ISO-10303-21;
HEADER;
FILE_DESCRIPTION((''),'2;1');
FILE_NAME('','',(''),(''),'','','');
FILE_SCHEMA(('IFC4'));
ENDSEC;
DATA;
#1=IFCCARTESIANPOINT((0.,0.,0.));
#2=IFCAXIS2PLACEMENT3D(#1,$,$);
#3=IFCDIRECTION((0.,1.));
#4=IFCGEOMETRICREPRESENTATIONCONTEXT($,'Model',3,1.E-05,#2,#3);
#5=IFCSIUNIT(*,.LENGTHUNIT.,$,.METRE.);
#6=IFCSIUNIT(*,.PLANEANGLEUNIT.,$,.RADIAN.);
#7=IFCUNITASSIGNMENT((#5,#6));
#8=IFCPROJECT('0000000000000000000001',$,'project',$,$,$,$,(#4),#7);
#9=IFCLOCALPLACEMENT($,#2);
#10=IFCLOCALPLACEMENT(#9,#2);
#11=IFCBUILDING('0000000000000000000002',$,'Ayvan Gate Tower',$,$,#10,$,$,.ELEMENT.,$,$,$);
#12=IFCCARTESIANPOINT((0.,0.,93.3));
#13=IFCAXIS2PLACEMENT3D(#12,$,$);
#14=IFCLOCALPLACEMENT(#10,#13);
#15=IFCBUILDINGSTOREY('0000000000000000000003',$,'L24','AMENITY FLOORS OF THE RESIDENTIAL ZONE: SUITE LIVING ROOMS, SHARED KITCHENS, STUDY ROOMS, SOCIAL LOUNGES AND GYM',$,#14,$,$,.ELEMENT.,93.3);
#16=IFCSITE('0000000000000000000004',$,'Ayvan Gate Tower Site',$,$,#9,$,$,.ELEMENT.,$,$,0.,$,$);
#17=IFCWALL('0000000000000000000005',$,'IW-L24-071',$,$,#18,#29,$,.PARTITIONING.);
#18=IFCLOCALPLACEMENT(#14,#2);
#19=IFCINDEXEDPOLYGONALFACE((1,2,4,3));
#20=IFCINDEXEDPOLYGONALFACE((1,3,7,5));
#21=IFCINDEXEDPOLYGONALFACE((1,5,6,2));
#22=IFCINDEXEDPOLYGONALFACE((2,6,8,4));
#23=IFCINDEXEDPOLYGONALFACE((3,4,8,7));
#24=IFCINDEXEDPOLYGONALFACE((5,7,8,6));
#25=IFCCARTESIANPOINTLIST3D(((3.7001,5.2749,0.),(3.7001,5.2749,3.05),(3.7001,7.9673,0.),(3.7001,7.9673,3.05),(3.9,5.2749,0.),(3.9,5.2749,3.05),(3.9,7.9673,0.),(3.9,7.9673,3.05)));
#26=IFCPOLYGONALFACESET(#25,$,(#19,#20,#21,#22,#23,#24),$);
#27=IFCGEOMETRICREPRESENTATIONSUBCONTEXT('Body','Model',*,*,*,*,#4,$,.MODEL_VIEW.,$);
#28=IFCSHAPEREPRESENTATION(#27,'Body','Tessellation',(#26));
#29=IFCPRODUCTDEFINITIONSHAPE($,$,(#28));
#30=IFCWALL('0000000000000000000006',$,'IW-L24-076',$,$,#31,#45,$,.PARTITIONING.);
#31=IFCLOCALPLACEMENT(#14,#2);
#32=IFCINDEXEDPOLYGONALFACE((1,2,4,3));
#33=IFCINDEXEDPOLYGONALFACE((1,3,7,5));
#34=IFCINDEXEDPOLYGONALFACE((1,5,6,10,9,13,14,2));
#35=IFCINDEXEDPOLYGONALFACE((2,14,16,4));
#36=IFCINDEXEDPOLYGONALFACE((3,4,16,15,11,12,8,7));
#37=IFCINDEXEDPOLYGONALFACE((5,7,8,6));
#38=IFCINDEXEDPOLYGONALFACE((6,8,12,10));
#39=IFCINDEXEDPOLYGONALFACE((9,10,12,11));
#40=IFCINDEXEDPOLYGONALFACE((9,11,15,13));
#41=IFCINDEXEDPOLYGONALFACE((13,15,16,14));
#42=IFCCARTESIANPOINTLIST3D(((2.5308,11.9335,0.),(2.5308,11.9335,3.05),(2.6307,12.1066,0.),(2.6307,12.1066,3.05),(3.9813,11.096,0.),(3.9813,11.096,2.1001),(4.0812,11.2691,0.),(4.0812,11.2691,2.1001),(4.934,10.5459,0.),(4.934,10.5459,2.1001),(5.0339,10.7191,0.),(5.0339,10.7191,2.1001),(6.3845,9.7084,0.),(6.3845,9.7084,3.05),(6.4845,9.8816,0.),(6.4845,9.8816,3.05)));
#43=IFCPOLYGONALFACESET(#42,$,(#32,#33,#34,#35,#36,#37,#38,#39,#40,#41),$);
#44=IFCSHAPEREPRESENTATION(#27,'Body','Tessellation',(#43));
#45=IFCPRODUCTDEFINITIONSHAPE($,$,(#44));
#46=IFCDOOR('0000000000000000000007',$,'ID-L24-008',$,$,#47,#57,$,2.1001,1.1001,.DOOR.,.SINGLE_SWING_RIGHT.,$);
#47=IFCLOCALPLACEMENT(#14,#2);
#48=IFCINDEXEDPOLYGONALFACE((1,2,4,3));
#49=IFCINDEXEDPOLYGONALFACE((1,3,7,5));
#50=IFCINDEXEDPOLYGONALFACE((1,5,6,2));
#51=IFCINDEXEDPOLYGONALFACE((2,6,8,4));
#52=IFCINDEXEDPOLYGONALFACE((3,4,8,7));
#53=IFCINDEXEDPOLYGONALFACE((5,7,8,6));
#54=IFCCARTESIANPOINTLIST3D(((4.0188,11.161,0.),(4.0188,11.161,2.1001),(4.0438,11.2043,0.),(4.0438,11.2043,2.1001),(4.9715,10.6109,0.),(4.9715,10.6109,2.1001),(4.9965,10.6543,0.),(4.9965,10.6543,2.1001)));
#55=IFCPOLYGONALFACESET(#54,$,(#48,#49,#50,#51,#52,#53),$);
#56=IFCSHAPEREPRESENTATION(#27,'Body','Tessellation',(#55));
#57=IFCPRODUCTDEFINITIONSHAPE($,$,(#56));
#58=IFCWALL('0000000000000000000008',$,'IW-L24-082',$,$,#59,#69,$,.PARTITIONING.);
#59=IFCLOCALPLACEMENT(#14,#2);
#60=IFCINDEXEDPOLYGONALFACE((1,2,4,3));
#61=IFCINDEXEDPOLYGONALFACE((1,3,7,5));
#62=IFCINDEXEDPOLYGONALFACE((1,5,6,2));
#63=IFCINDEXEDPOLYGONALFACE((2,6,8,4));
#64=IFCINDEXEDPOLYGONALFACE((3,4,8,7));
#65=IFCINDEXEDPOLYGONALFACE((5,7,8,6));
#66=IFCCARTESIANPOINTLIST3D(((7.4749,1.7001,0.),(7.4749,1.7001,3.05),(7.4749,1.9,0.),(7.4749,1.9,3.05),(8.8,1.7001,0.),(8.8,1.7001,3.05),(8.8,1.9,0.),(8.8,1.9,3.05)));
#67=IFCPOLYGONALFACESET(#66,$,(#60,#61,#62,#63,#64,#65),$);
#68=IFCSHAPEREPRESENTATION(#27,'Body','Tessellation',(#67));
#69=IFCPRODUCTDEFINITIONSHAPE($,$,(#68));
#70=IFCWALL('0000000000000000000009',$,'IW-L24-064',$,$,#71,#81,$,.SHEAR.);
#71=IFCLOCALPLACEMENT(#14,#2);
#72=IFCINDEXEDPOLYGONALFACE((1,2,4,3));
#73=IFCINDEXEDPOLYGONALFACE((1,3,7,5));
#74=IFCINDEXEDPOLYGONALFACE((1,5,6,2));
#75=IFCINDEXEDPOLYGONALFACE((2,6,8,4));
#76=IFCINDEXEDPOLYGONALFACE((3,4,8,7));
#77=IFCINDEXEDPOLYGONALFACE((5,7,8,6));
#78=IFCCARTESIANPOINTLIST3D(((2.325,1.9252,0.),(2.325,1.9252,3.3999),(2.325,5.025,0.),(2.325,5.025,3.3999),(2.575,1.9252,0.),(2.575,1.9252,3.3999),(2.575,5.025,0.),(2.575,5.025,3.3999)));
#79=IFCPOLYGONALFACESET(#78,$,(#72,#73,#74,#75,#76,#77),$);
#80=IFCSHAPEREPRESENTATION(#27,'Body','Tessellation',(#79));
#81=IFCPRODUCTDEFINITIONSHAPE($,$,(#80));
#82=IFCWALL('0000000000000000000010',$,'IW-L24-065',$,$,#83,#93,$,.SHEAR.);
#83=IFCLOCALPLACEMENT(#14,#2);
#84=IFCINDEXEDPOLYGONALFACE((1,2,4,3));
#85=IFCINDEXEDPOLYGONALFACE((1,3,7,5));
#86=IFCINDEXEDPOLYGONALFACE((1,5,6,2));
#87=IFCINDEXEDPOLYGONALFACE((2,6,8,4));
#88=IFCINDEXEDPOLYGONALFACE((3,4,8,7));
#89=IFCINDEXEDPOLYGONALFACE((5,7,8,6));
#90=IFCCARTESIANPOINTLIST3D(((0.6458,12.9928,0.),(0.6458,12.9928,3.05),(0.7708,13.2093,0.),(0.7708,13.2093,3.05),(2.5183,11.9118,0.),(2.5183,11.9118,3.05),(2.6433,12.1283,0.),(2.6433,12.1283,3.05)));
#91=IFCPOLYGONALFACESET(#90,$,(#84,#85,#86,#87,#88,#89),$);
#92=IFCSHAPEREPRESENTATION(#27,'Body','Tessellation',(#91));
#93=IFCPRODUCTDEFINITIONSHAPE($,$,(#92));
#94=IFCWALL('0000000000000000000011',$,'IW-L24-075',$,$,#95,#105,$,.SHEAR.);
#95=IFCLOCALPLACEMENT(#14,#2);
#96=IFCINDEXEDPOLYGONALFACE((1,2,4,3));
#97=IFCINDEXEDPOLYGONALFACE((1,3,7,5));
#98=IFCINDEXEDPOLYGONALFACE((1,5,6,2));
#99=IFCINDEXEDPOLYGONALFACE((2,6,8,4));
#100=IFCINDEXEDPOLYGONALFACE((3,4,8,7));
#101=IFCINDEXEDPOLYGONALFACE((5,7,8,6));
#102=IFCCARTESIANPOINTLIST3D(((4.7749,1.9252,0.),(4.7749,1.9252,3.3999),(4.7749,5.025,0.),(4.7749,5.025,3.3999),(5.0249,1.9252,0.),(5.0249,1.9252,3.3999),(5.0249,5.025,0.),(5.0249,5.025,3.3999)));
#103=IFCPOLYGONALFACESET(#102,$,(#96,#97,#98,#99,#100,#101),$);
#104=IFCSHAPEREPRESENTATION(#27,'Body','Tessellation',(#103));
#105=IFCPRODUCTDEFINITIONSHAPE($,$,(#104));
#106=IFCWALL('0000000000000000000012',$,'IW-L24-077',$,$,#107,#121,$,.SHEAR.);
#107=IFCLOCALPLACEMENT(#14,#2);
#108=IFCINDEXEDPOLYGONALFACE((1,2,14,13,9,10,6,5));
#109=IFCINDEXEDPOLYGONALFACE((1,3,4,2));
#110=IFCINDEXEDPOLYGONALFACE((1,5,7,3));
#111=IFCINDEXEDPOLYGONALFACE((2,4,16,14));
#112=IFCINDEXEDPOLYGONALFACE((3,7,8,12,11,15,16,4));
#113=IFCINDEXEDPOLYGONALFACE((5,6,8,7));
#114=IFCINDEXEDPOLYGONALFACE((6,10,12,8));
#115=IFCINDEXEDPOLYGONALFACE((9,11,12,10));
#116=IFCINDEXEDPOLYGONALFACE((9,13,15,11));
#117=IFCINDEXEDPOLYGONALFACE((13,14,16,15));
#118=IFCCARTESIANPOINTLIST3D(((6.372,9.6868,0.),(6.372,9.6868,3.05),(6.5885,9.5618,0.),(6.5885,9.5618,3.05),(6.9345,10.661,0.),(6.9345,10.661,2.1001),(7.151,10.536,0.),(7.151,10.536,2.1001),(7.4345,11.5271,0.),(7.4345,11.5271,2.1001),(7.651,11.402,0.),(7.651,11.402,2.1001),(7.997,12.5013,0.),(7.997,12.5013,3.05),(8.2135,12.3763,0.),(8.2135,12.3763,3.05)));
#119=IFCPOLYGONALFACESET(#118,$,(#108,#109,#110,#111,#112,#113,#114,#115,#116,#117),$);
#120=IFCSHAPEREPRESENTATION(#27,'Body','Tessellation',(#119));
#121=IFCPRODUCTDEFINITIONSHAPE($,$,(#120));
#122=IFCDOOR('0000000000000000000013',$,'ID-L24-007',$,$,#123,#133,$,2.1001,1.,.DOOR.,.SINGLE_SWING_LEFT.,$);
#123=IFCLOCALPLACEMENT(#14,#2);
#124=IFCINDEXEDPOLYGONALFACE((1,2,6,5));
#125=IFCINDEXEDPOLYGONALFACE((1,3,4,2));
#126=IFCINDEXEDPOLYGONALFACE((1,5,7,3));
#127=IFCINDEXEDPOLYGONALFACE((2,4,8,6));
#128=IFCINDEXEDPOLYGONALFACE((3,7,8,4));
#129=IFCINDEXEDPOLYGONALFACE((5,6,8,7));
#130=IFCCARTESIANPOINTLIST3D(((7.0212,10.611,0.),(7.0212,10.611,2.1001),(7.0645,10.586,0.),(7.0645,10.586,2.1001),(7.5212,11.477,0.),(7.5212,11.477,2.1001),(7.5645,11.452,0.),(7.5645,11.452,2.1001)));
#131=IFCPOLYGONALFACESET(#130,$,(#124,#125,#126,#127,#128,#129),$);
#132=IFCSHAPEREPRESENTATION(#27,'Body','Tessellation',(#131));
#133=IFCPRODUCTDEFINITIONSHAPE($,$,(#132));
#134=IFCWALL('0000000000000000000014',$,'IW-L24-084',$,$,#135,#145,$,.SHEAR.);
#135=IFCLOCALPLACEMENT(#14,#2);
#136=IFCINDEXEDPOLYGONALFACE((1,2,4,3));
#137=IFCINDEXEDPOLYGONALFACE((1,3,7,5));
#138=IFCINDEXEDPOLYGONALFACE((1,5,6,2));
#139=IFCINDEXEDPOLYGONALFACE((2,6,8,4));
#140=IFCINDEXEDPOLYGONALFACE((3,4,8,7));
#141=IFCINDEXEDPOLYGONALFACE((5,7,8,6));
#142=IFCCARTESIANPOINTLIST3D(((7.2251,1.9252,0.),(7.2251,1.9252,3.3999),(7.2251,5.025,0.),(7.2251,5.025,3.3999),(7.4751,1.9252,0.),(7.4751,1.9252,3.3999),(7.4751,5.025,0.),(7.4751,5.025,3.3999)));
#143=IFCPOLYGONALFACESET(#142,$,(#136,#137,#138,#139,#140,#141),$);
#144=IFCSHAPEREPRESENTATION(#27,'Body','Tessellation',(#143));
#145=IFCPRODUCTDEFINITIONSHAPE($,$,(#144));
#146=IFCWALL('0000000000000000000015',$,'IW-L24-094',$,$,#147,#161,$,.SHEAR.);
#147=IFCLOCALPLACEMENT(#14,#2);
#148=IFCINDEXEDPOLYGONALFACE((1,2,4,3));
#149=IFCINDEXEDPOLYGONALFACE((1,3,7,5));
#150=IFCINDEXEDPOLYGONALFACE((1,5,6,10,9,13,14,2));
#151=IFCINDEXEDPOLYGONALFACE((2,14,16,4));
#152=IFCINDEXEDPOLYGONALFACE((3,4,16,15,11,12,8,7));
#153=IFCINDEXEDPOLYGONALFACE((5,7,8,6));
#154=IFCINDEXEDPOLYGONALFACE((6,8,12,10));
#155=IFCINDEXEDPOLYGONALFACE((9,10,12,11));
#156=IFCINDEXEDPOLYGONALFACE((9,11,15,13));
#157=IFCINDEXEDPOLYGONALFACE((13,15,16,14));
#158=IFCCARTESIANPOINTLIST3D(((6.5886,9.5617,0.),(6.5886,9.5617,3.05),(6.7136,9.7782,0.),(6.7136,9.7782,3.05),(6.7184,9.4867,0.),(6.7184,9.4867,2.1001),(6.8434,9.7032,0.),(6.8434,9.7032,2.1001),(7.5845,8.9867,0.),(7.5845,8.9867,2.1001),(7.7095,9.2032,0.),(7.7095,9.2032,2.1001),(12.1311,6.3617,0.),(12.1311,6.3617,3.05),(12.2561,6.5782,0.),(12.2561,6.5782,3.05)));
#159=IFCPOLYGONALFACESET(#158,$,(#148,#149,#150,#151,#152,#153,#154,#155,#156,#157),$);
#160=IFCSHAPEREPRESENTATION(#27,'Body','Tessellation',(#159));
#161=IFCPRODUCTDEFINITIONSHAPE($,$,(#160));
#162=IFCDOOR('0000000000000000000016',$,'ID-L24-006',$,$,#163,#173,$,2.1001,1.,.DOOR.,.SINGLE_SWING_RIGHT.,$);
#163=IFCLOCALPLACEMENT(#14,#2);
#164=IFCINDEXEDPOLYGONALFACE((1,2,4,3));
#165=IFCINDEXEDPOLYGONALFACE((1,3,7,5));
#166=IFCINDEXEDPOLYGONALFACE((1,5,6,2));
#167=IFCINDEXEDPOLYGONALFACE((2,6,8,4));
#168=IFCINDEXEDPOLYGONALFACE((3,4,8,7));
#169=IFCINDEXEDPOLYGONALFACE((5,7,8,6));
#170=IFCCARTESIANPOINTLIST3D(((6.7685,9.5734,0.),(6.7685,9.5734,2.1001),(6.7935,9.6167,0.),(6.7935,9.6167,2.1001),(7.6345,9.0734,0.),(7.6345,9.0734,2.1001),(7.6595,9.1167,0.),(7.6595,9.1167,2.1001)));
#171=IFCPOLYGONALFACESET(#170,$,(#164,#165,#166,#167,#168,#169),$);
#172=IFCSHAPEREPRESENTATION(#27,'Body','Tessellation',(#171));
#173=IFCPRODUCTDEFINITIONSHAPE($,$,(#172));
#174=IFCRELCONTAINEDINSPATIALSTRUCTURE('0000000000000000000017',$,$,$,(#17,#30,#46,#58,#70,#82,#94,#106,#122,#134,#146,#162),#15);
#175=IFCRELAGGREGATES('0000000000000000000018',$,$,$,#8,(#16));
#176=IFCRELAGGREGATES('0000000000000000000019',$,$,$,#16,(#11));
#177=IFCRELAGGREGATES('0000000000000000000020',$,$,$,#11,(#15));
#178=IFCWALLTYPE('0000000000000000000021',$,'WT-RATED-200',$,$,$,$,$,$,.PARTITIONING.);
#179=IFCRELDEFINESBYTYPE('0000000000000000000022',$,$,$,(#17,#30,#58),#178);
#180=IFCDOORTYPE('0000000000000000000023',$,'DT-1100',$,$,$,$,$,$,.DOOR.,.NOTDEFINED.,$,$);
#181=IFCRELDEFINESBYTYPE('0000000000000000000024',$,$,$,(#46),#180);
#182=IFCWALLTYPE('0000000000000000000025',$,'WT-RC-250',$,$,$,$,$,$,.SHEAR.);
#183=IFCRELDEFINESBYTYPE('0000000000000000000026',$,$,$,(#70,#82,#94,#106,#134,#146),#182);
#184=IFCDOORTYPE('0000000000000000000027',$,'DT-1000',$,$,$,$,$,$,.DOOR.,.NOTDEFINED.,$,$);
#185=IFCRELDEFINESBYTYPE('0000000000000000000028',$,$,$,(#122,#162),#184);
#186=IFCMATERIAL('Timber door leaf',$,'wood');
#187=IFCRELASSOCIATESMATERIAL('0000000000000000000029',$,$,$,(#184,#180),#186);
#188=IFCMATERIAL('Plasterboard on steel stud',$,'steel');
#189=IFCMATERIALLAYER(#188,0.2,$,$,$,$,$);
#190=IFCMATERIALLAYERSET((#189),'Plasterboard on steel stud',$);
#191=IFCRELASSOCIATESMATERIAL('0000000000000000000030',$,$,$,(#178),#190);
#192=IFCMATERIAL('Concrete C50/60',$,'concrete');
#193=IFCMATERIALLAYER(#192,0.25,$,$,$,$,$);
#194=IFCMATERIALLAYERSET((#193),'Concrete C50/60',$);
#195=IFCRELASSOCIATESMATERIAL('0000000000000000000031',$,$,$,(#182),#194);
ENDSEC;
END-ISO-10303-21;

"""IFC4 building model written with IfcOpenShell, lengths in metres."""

from ifc_helpers import new_model, si_unit, direction, frame, frame_2d, origin, place, context, subcontext, project, spatial, rectangle, extrude, material, layer, layer_set, type_object, element, fill, save


model = new_model("IFC4")

# Units and contexts
model_context = context("Model", 3, precision=1e-05, world=origin(), true_north=direction((0.0, 1.0)))
body_context = subcontext(model_context, "Body", "Model", "MODEL_VIEW")
ifc_project = project(units=[si_unit("LENGTHUNIT", "METRE"), si_unit("PLANEANGLEUNIT", "RADIAN")], contexts=[model_context])

# Site, building, storey
site_placement = place(None, origin())
site = spatial("IfcSite", under=ifc_project, at=site_placement, Name="Ayvan Gate Tower Site", CompositionType="ELEMENT", RefElevation=0.0)
building_placement = place(site_placement, origin())
building = spatial("IfcBuilding", under=site, at=building_placement, Name="Ayvan Gate Tower", CompositionType="ELEMENT")
storey_placement = place(building_placement, frame((0.0, 0.0, 93.3)))
storey = spatial("IfcBuildingStorey", under=building, at=storey_placement, Name="L24", Description="AMENITY FLOORS OF THE RESIDENTIAL ZONE: SUITE LIVING ROOMS, SHARED KITCHENS, STUDY ROOMS, SOCIAL LOUNGES AND GYM", CompositionType="ELEMENT", Elevation=93.3)

# Shared definitions
ifc_material_1 = material(Name="Timber door leaf", Category="wood")

# Shared definitions
ifc_material_2 = material(Name="Plasterboard on steel stud", Category="steel")

# Shared definitions
door_type_1 = type_object("IfcDoorType", Name="DT-1000", OperationType="NOTDEFINED", PredefinedType="DOOR", material=ifc_material_1)

# Wall
ifc_layer_1 = layer(ifc_material_2, 0.2)
ifc_layer_set_1 = layer_set([ifc_layer_1], Name="Plasterboard on steel stud")
wall_type_1 = type_object("IfcWallType", Name="WT-RATED-200", PredefinedType="PARTITIONING", material=ifc_layer_set_1)
wall_1_placement = place(storey_placement, frame((3.8, 7.9673, 0.0), z_axis=(0.0, 0.0, 1.0), x_axis=(0.0, -1.0, 0.0)))
element("IfcWall", 1, at=wall_1_placement, inside=storey, type_object=wall_type_1, Name="IW-L24-071", PredefinedType="PARTITIONING", context=body_context, shape_type="SweptSolid", body=[
    extrude(rectangle(XDim=2.6924, YDim=0.2, at=frame_2d((1.3462, 0.0))), origin(), (0.0, 0.0, 1.0), 3.05),
])

# Wall, opening, door
wall_2_placement = place(storey_placement, frame((6.4346, 9.7949, 0.0), z_axis=(0.0, 0.0, 1.0), x_axis=(-0.866013, 0.500022, 0.0)))
wall_2 = element("IfcWall", 2, at=wall_2_placement, inside=storey, type_object=wall_type_1, Name="IW-L24-076", PredefinedType="PARTITIONING", context=body_context, shape_type="SweptSolid", body=[
    extrude(rectangle(XDim=4.45, YDim=0.2, at=frame_2d((2.2251, 0.0))), origin(), (0.0, 0.0, 1.0), 3.05),
])
opening_1_placement = place(wall_2_placement, frame((1.675, 0.0, 0.0)))
opening_1 = element("IfcOpeningElement", 3, at=opening_1_placement, cuts=wall_2, PredefinedType="OPENING", context=body_context, shape_type="SweptSolid", body=[
    extrude(rectangle(XDim=1.1001, YDim=2.1001, at=frame_2d((0.55, 1.05))), frame((0.0, 0.1099, 0.0), z_axis=(0.0, -1.0, 0.0), x_axis=(1.0, 0.0, 0.0)), (0.0, 0.0, 1.0), 0.22),
])
door_type_2 = type_object("IfcDoorType", Name="DT-1100", OperationType="NOTDEFINED", PredefinedType="DOOR", material=ifc_material_1)
door_1_placement = place(opening_1_placement, origin())
door_1 = element("IfcDoor", 4, at=door_1_placement, inside=storey, type_object=door_type_2, Name="ID-L24-008", OperationType="SINGLE_SWING_RIGHT", OverallHeight=2.1001, OverallWidth=1.1001, PredefinedType="DOOR", context=body_context, shape_type="SweptSolid", body=[
    extrude(rectangle(XDim=1.1001, YDim=2.1001, at=frame_2d((0.55, 1.05))), frame((0.0, 0.0249, 0.0), z_axis=(0.0, -1.0, 0.0), x_axis=(1.0, 0.0, 0.0)), (0.0, 0.0, 1.0), 0.05),
])
fill(opening_1, door_1)

# Walls
wall_3_placement = place(storey_placement, frame((7.4749, 1.8, 0.0), z_axis=(0.0, 0.0, 1.0), x_axis=(1.0, 0.0, 0.0)))
element("IfcWall", 5, at=wall_3_placement, inside=storey, type_object=wall_type_1, Name="IW-L24-082", PredefinedType="PARTITIONING", context=body_context, shape_type="SweptSolid", body=[
    extrude(rectangle(XDim=1.3252, YDim=0.2, at=frame_2d((0.6626, 0.0))), origin(), (0.0, 0.0, 1.0), 3.05),
])
ifc_material_3 = material(Name="Concrete C50/60", Category="concrete")
ifc_layer_2 = layer(ifc_material_3, 0.25)
ifc_layer_set_2 = layer_set([ifc_layer_2], Name="Concrete C50/60")
wall_type_2 = type_object("IfcWallType", Name="WT-RC-250", PredefinedType="SHEAR", material=ifc_layer_set_2)
wall_4_placement = place(storey_placement, frame((2.45, 5.0249, 0.0), z_axis=(0.0, 0.0, 1.0), x_axis=(0.0, -1.0, 0.0)))
element("IfcWall", 6, at=wall_4_placement, inside=storey, type_object=wall_type_2, Name="IW-L24-064", PredefinedType="SHEAR", context=body_context, shape_type="SweptSolid", body=[
    extrude(rectangle(XDim=3.0999, YDim=0.25, at=frame_2d((1.5498, 0.0))), origin(), (0.0, 0.0, 1.0), 3.3999),
])
wall_5_placement = place(storey_placement, frame((2.5808, 12.02, 0.0), z_axis=(0.0, 0.0, 1.0), x_axis=(-0.866039, 0.499977, 0.0)))
element("IfcWall", 7, at=wall_5_placement, inside=storey, type_object=wall_type_2, Name="IW-L24-065", PredefinedType="SHEAR", context=body_context, shape_type="SweptSolid", body=[
    extrude(rectangle(XDim=2.1621, YDim=0.25, at=frame_2d((1.0811, 0.0))), origin(), (0.0, 0.0, 1.0), 3.05),
])
wall_6_placement = place(storey_placement, frame((4.8999, 5.0249, 0.0), z_axis=(0.0, 0.0, 1.0), x_axis=(0.0, -1.0, 0.0)))
element("IfcWall", 8, at=wall_6_placement, inside=storey, type_object=wall_type_2, Name="IW-L24-075", PredefinedType="SHEAR", context=body_context, shape_type="SweptSolid", body=[
    extrude(rectangle(XDim=3.0999, YDim=0.25, at=frame_2d((1.5498, 0.0))), origin(), (0.0, 0.0, 1.0), 3.3999),
])

# Wall, opening, door
wall_7_placement = place(storey_placement, frame((6.4802, 9.6243, 0.0), z_axis=(0.0, 0.0, 1.0), x_axis=(0.500017, 0.866015, 0.0)))
wall_7 = element("IfcWall", 9, at=wall_7_placement, inside=storey, type_object=wall_type_2, Name="IW-L24-077", PredefinedType="SHEAR", context=body_context, shape_type="SweptSolid", body=[
    extrude(rectangle(XDim=3.25, YDim=0.25, at=frame_2d((1.625, 0.0))), origin(), (0.0, 0.0, 1.0), 3.05),
])
opening_2_placement = place(wall_7_placement, frame((1.125, 0.0, 0.0)))
opening_2 = element("IfcOpeningElement", 10, at=opening_2_placement, cuts=wall_7, PredefinedType="OPENING", context=body_context, shape_type="SweptSolid", body=[
    extrude(rectangle(XDim=1.0, YDim=2.1001, at=frame_2d((0.5, 1.05))), frame((0.0, 0.135, 0.0), z_axis=(0.0, -1.0, 0.0), x_axis=(1.0, 0.0, 0.0)), (0.0, 0.0, 1.0), 0.27),
])
door_2_placement = place(opening_2_placement, origin())
door_2 = element("IfcDoor", 11, at=door_2_placement, inside=storey, type_object=door_type_1, Name="ID-L24-007", OperationType="SINGLE_SWING_LEFT", OverallHeight=2.1001, OverallWidth=1.0, PredefinedType="DOOR", context=body_context, shape_type="SweptSolid", body=[
    extrude(rectangle(XDim=1.0, YDim=2.1001, at=frame_2d((0.5, 1.05))), frame((0.0, 0.0249, 0.0), z_axis=(0.0, -1.0, 0.0), x_axis=(1.0, 0.0, 0.0)), (0.0, 0.0, 1.0), 0.05),
])
fill(opening_2, door_2)

# Wall
wall_8_placement = place(storey_placement, frame((7.3501, 5.0249, 0.0), z_axis=(0.0, 0.0, 1.0), x_axis=(0.0, -1.0, 0.0)))
element("IfcWall", 12, at=wall_8_placement, inside=storey, type_object=wall_type_2, Name="IW-L24-084", PredefinedType="SHEAR", context=body_context, shape_type="SweptSolid", body=[
    extrude(rectangle(XDim=3.0999, YDim=0.25, at=frame_2d((1.5498, 0.0))), origin(), (0.0, 0.0, 1.0), 3.3999),
])

# Wall, opening, door
wall_9_placement = place(storey_placement, frame((12.1936, 6.47, 0.0), z_axis=(0.0, 0.0, 1.0), x_axis=(-0.866025, 0.5, 0.0)))
wall_9 = element("IfcWall", 13, at=wall_9_placement, inside=storey, type_object=wall_type_2, Name="IW-L24-094", PredefinedType="SHEAR", context=body_context, shape_type="SweptSolid", body=[
    extrude(rectangle(XDim=6.3999, YDim=0.25, at=frame_2d((3.2, 0.0))), origin(), (0.0, 0.0, 1.0), 3.05),
])
opening_3_placement = place(wall_9_placement, frame((5.25, 0.0, 0.0)))
opening_3 = element("IfcOpeningElement", 14, at=opening_3_placement, cuts=wall_9, PredefinedType="OPENING", context=body_context, shape_type="SweptSolid", body=[
    extrude(rectangle(XDim=1.0, YDim=2.1001, at=frame_2d((0.5, 1.05))), frame((0.0, 0.135, 0.0), z_axis=(0.0, -1.0, 0.0), x_axis=(1.0, 0.0, 0.0)), (0.0, 0.0, 1.0), 0.27),
])
door_3_placement = place(opening_3_placement, origin())
door_3 = element("IfcDoor", 15, at=door_3_placement, inside=storey, type_object=door_type_1, Name="ID-L24-006", OperationType="SINGLE_SWING_RIGHT", OverallHeight=2.1001, OverallWidth=1.0, PredefinedType="DOOR", context=body_context, shape_type="SweptSolid", body=[
    extrude(rectangle(XDim=1.0, YDim=2.1001, at=frame_2d((0.5, 1.05))), frame((0.0, 0.0249, 0.0), z_axis=(0.0, -1.0, 0.0), x_axis=(1.0, 0.0, 0.0)), (0.0, 0.0, 1.0), 0.05),
])
fill(opening_3, door_3)

save(model, "model.ifc")
